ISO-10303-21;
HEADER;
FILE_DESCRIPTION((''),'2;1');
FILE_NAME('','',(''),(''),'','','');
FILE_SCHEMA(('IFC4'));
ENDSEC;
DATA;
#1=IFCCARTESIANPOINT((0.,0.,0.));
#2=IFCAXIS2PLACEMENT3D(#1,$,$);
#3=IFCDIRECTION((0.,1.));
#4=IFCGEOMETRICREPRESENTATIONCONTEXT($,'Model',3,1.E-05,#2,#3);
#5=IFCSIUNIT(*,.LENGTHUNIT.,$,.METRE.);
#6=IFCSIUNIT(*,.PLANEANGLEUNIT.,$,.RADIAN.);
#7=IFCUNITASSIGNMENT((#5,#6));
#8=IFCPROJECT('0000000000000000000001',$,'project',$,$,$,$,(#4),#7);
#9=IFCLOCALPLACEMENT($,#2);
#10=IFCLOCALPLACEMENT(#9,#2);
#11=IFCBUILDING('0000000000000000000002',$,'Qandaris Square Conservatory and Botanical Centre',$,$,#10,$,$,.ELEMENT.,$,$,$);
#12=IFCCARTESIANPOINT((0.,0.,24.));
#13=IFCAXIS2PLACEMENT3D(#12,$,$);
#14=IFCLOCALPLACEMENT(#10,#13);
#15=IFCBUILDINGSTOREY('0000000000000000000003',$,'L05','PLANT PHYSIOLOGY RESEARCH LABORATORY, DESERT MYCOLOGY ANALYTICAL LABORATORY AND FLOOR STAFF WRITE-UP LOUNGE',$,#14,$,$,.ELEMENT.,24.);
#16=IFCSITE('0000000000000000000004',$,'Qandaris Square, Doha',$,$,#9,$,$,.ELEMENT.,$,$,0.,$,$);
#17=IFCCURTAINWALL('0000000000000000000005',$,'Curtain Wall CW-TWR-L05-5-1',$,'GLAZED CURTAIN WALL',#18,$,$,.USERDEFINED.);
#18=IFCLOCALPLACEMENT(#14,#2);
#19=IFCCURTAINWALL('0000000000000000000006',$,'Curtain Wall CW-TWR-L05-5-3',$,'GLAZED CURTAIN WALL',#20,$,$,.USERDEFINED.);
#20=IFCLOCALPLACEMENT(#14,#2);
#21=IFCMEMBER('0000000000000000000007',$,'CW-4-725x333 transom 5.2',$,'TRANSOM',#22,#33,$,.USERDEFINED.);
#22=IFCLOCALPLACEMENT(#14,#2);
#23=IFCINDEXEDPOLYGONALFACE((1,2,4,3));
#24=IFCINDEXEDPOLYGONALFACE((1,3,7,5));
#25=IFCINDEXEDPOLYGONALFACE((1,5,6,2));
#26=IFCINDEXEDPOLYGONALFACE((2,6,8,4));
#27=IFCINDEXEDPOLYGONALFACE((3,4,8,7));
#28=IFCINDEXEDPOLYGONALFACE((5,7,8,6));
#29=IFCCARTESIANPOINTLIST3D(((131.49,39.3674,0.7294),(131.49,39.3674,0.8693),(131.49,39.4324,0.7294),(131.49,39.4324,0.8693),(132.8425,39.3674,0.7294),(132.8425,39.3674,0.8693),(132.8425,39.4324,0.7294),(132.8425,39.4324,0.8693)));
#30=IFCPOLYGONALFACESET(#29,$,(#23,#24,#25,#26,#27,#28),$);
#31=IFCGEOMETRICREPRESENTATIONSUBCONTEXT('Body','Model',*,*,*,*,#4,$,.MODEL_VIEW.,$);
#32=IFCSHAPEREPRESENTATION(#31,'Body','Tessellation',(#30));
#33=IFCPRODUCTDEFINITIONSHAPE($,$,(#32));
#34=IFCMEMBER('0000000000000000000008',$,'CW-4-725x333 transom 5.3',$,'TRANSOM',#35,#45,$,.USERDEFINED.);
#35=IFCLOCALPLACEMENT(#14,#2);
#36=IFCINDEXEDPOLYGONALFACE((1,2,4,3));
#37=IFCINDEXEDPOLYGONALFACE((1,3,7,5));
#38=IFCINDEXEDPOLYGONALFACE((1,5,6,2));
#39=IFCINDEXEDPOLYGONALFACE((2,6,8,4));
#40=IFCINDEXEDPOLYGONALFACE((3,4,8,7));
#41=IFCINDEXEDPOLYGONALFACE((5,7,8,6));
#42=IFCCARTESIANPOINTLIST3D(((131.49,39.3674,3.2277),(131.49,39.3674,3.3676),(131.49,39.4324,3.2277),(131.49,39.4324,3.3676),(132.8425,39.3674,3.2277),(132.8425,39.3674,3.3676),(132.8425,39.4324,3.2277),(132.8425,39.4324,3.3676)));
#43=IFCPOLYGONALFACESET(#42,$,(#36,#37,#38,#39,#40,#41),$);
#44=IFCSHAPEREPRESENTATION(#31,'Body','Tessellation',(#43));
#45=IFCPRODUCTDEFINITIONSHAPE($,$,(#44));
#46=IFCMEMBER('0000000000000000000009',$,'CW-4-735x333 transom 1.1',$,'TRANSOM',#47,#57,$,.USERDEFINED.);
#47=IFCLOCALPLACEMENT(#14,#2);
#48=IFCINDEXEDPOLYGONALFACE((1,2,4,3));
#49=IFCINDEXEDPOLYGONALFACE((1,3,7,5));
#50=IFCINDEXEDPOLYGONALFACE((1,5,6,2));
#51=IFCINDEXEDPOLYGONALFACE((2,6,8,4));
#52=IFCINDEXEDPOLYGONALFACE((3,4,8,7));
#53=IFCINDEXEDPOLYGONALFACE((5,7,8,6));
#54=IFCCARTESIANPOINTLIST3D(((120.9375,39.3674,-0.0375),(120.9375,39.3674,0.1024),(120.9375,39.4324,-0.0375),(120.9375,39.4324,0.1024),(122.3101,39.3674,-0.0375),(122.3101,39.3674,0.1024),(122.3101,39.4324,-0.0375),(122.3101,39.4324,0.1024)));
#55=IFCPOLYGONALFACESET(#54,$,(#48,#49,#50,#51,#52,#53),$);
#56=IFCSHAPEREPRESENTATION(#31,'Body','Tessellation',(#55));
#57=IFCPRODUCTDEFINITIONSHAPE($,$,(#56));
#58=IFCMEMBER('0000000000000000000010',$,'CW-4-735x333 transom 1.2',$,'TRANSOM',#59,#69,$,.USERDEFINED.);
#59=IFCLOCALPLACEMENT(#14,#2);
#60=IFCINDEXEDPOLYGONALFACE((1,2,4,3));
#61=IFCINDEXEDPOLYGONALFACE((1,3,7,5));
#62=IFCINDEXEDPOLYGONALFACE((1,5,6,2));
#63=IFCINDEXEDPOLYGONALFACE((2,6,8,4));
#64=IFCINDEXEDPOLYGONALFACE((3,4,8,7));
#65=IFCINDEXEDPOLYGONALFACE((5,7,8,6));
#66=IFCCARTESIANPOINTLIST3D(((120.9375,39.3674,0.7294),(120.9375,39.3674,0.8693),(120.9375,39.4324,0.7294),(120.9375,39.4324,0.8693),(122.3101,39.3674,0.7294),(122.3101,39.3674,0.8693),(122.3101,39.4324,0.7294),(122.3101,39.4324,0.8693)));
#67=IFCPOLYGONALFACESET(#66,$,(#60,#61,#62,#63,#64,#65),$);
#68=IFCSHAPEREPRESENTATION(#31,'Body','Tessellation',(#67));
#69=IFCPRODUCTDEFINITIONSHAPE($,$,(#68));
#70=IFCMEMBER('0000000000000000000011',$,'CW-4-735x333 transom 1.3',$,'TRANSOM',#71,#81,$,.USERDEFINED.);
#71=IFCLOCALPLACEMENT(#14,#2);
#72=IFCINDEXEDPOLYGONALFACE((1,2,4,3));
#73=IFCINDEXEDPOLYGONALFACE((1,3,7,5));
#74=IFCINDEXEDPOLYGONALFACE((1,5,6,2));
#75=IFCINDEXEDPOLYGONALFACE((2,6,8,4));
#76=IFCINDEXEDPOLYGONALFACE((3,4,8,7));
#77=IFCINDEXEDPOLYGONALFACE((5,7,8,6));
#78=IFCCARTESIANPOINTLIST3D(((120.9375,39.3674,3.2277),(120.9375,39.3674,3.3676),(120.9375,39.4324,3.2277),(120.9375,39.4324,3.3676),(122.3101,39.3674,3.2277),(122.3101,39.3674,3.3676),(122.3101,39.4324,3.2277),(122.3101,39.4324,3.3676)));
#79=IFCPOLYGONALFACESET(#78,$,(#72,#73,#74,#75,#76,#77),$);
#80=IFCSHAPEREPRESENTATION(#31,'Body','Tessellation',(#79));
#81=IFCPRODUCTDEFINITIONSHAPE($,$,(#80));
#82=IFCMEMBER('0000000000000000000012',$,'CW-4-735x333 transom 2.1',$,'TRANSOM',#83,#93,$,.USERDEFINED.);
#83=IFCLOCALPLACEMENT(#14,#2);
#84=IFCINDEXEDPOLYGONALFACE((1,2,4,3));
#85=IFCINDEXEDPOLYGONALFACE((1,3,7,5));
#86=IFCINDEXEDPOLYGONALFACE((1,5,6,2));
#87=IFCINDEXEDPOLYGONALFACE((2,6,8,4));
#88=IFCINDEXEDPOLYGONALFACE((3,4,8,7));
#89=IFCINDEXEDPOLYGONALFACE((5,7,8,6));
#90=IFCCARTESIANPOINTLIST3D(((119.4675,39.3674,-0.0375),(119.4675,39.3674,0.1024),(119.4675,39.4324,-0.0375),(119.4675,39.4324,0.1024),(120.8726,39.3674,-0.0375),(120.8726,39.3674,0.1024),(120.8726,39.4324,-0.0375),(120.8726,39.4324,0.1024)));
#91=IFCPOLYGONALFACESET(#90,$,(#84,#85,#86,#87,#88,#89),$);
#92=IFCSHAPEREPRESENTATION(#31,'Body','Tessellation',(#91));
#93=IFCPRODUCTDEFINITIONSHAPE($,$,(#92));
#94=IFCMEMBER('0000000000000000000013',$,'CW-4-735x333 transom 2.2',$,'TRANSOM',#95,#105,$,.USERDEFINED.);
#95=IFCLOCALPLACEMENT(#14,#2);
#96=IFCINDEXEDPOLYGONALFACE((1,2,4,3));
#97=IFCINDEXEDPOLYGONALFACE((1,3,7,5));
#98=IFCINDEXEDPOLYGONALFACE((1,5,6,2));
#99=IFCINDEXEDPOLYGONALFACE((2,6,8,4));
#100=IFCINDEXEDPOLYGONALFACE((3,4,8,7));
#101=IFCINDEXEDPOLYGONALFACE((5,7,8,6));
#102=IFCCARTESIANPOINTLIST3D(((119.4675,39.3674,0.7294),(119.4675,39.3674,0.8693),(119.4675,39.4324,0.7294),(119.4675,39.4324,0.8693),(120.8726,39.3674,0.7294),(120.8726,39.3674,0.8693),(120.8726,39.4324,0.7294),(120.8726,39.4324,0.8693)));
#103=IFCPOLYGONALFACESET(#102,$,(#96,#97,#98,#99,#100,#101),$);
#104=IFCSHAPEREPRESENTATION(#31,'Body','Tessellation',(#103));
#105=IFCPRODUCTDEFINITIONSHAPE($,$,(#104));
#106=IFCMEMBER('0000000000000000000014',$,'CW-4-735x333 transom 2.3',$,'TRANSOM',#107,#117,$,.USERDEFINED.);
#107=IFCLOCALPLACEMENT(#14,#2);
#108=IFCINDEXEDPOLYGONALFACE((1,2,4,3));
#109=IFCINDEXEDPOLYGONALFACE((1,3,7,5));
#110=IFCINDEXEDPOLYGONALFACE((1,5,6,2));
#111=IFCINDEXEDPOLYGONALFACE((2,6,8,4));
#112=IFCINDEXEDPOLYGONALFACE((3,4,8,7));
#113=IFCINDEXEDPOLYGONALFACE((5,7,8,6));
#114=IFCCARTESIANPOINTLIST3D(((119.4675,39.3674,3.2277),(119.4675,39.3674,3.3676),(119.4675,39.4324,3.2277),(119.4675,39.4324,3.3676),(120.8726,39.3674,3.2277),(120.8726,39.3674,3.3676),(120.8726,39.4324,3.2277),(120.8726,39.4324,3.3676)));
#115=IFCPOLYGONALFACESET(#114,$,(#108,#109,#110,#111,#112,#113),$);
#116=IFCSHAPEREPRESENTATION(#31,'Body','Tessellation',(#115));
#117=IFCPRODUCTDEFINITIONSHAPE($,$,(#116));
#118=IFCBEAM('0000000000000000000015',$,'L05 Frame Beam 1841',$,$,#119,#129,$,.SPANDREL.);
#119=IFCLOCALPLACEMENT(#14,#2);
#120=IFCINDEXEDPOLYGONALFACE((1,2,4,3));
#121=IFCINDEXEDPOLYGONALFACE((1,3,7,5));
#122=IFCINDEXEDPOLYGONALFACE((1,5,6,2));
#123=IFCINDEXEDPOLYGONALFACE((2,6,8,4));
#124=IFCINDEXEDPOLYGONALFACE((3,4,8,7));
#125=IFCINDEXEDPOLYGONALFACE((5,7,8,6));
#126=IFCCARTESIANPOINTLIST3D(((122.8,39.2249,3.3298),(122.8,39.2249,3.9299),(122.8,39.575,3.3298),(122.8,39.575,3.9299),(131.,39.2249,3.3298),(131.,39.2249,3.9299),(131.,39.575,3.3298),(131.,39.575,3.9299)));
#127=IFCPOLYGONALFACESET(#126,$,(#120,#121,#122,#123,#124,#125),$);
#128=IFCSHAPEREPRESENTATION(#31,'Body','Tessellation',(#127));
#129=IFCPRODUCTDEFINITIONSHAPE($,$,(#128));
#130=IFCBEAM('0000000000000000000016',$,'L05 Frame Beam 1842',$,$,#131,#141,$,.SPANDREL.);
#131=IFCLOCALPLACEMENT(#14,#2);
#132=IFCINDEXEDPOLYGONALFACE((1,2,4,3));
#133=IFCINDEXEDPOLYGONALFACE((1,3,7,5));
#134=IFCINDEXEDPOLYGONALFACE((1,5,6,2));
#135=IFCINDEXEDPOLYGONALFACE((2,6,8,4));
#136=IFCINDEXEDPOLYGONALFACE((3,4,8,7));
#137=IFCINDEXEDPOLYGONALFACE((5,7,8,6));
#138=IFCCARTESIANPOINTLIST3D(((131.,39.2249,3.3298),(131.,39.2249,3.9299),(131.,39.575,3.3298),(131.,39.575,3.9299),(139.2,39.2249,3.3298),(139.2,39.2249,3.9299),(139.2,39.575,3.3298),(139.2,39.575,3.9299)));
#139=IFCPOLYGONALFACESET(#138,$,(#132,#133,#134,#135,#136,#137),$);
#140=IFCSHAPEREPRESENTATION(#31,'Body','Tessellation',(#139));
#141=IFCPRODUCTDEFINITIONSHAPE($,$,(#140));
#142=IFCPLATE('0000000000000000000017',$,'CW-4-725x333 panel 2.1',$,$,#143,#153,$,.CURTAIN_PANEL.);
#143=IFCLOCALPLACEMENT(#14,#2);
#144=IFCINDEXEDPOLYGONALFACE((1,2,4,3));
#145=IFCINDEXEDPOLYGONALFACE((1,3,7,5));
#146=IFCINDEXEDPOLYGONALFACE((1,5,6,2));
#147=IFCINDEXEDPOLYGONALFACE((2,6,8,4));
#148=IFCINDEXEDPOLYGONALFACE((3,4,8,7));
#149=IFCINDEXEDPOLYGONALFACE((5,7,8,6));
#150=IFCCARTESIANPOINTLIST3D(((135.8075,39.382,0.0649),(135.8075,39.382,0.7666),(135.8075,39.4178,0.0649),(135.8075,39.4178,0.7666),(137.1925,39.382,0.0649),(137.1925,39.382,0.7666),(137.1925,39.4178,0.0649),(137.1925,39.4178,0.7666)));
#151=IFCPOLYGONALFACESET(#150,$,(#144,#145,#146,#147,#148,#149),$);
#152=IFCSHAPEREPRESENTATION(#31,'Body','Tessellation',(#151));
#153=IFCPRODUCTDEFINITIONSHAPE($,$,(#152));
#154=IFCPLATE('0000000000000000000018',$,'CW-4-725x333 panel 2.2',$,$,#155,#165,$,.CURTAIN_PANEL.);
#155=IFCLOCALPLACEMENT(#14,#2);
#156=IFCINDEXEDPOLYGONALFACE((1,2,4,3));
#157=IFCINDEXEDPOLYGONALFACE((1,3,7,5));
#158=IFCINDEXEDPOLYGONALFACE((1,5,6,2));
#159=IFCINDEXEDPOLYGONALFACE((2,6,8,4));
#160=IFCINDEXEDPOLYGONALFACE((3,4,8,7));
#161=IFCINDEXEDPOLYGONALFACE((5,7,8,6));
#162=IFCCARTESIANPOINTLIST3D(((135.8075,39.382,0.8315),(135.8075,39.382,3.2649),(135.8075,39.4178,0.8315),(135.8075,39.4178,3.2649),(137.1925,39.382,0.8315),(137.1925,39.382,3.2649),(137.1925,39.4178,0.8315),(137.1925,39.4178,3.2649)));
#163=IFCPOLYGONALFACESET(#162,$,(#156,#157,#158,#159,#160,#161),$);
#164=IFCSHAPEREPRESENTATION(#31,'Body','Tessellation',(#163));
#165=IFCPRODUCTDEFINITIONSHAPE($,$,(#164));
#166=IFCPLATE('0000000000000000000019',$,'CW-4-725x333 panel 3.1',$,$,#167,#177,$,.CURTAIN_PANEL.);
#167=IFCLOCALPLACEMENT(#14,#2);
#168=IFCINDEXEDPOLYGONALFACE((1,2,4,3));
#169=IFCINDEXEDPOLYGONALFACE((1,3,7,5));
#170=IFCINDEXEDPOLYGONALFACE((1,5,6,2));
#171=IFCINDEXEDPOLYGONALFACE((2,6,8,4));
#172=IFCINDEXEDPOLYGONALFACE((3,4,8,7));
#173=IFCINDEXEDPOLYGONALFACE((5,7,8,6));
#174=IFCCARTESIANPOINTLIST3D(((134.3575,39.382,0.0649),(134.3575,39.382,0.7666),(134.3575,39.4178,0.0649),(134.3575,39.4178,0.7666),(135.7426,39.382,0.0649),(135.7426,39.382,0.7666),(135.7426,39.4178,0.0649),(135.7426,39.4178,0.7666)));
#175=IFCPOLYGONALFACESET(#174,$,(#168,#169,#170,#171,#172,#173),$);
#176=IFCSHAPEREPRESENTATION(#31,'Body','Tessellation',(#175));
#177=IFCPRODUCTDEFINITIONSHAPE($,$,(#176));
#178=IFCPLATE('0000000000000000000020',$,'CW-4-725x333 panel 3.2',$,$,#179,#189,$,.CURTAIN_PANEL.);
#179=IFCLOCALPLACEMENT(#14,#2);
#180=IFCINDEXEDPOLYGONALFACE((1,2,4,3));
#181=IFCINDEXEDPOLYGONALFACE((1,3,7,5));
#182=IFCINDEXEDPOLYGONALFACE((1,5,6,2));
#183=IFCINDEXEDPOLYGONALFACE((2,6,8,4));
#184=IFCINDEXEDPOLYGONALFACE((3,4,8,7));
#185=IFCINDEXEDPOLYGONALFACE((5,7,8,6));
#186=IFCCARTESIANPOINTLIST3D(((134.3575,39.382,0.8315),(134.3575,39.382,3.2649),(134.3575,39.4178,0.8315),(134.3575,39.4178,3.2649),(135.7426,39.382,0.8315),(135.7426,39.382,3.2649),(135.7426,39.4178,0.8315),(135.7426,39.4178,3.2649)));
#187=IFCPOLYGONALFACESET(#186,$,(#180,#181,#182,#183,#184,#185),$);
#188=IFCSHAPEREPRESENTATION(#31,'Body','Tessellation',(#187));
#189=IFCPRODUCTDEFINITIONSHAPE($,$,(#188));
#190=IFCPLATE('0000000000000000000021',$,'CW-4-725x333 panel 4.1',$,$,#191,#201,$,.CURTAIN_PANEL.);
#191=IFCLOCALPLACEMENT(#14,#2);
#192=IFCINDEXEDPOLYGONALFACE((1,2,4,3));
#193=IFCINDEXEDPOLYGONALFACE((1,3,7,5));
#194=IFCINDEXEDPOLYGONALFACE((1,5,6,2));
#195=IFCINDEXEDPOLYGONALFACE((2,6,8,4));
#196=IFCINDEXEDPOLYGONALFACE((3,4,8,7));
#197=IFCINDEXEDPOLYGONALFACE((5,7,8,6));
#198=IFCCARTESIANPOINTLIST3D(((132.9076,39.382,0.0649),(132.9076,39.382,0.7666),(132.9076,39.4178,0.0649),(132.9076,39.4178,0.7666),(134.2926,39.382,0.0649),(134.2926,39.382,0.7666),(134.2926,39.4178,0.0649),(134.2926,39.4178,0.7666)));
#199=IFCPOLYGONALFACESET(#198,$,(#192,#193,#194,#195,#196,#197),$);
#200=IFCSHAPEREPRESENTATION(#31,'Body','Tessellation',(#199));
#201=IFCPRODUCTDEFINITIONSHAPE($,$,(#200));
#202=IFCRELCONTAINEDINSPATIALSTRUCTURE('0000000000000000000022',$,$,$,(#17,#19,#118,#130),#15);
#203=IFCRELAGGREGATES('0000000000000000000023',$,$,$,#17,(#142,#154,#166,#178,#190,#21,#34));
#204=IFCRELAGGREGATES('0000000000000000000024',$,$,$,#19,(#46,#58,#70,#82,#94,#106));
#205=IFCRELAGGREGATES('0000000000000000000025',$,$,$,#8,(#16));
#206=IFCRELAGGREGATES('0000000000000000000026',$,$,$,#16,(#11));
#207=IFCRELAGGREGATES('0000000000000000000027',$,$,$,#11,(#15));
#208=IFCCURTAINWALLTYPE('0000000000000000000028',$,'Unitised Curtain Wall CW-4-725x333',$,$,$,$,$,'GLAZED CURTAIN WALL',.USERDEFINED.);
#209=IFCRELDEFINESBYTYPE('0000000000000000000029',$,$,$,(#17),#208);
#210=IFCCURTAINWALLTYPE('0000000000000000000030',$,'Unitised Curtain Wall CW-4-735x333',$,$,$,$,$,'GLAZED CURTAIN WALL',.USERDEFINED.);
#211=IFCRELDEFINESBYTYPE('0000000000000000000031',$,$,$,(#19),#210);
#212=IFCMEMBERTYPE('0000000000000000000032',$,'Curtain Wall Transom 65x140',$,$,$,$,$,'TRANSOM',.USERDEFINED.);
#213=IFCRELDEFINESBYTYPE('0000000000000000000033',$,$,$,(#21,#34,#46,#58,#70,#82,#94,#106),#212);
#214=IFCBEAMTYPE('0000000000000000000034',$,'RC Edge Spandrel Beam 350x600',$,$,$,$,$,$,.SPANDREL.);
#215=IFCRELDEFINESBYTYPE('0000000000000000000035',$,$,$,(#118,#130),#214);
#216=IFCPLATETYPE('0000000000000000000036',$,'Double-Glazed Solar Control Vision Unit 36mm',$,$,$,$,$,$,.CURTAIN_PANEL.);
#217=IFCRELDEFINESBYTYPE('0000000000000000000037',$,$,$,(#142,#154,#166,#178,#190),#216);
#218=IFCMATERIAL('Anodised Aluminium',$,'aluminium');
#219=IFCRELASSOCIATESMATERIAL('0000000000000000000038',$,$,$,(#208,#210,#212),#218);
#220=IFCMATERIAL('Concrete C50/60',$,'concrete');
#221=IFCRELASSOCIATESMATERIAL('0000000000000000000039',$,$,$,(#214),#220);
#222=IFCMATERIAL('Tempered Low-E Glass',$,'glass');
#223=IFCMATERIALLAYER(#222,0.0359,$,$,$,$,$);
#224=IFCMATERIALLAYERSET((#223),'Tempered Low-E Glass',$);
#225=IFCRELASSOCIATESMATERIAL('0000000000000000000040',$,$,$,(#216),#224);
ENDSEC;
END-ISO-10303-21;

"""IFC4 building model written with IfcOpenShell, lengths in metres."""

from ifc_helpers import new_model, si_unit, direction, frame, origin, origin_2d, place, context, subcontext, project, spatial, rectangle, extrude, material, layer, layer_set, material_profile, profile_set, type_object, element, aggregate, save


model = new_model("IFC4")

# Units and contexts
model_context = context("Model", 3, precision=1e-05, world=origin(), true_north=direction((0.0, 1.0)))
body_context = subcontext(model_context, "Body", "Model", "MODEL_VIEW")
ifc_project = project(units=[si_unit("LENGTHUNIT", "METRE"), si_unit("PLANEANGLEUNIT", "RADIAN")], contexts=[model_context])

# Site, building, storey
site_placement = place(None, origin())
site = spatial("IfcSite", under=ifc_project, at=site_placement, Name="Qandaris Square, Doha", CompositionType="ELEMENT", RefElevation=0.0)
building_placement = place(site_placement, origin())
building = spatial("IfcBuilding", under=site, at=building_placement, Name="Qandaris Square Conservatory and Botanical Centre", CompositionType="ELEMENT")
storey_placement = place(building_placement, frame((0.0, 0.0, 24.0)))
storey = spatial("IfcBuildingStorey", under=building, at=storey_placement, Name="L05", Description="PLANT PHYSIOLOGY RESEARCH LABORATORY, DESERT MYCOLOGY ANALYTICAL LABORATORY AND FLOOR STAFF WRITE-UP LOUNGE", CompositionType="ELEMENT", Elevation=24.0)

# Shared definitions
ifc_material_1 = material(Name="Concrete C50/60", Category="concrete")

# Curtain walls
ifc_material_2 = material(Name="Anodised Aluminium", Category="aluminium")
curtain_wall_type_1 = type_object("IfcCurtainWallType", Name="Unitised Curtain Wall CW-4-725x333", ElementType="GLAZED CURTAIN WALL", PredefinedType="USERDEFINED", material=ifc_material_2)
curtain_wall_1_placement = place(storey_placement, origin())
curtain_wall_1 = element("IfcCurtainWall", 1, at=curtain_wall_1_placement, inside=storey, type_object=curtain_wall_type_1, Name="Curtain Wall CW-TWR-L05-5-1", ObjectType="GLAZED CURTAIN WALL", PredefinedType="USERDEFINED")
curtain_wall_type_2 = type_object("IfcCurtainWallType", Name="Unitised Curtain Wall CW-4-735x333", ElementType="GLAZED CURTAIN WALL", PredefinedType="USERDEFINED", material=ifc_material_2)
curtain_wall_2_placement = place(storey_placement, origin())
curtain_wall_2 = element("IfcCurtainWall", 2, at=curtain_wall_2_placement, inside=storey, type_object=curtain_wall_type_2, Name="Curtain Wall CW-TWR-L05-5-3", ObjectType="GLAZED CURTAIN WALL", PredefinedType="USERDEFINED")

# Members
ifc_material_profile_1 = material_profile(ifc_material_2, rectangle(XDim=0.0649, YDim=0.1399, at=origin_2d()), Name="ALU-TRN 65x140")
ifc_profile_set_1 = profile_set([ifc_material_profile_1], Name="Anodised Aluminium")
member_type_1 = type_object("IfcMemberType", Name="Curtain Wall Transom 65x140", ElementType="TRANSOM", PredefinedType="USERDEFINED", material=ifc_profile_set_1)
member_1_placement = place(storey_placement, frame((132.8425, 39.3999, 0.7993), z_axis=(-1.0, 0.0, 0.0), x_axis=(0.0, -1.0, 0.0)))
member_1 = element("IfcMember", 3, at=member_1_placement, type_object=member_type_1, Name="CW-4-725x333 transom 5.2", ObjectType="TRANSOM", PredefinedType="USERDEFINED", context=body_context, shape_type="SweptSolid", body=[
    extrude(rectangle(XDim=0.0649, YDim=0.1399, at=origin_2d()), origin(), (0.0, 0.0, 1.0), 1.3525),
])
member_2_placement = place(storey_placement, frame((132.8425, 39.3999, 3.2976), z_axis=(-1.0, 0.0, 0.0), x_axis=(0.0, -1.0, 0.0)))
member_2 = element("IfcMember", 4, at=member_2_placement, type_object=member_type_1, Name="CW-4-725x333 transom 5.3", ObjectType="TRANSOM", PredefinedType="USERDEFINED", context=body_context, shape_type="SweptSolid", body=[
    extrude(rectangle(XDim=0.0649, YDim=0.1399, at=origin_2d()), origin(), (0.0, 0.0, 1.0), 1.3525),
])
member_3_placement = place(storey_placement, frame((122.3101, 39.3999, 0.0325), z_axis=(-1.0, 0.0, 0.0), x_axis=(0.0, -1.0, 0.0)))
member_3 = element("IfcMember", 5, at=member_3_placement, type_object=member_type_1, Name="CW-4-735x333 transom 1.1", ObjectType="TRANSOM", PredefinedType="USERDEFINED", context=body_context, shape_type="SweptSolid", body=[
    extrude(rectangle(XDim=0.0649, YDim=0.1399, at=origin_2d()), origin(), (0.0, 0.0, 1.0), 1.3726),
])
member_4_placement = place(storey_placement, frame((122.3101, 39.3999, 0.7993), z_axis=(-1.0, 0.0, 0.0), x_axis=(0.0, -1.0, 0.0)))
member_4 = element("IfcMember", 6, at=member_4_placement, type_object=member_type_1, Name="CW-4-735x333 transom 1.2", ObjectType="TRANSOM", PredefinedType="USERDEFINED", context=body_context, shape_type="SweptSolid", body=[
    extrude(rectangle(XDim=0.0649, YDim=0.1399, at=origin_2d()), origin(), (0.0, 0.0, 1.0), 1.3726),
])
member_5_placement = place(storey_placement, frame((122.3101, 39.3999, 3.2976), z_axis=(-1.0, 0.0, 0.0), x_axis=(0.0, -1.0, 0.0)))
member_5 = element("IfcMember", 7, at=member_5_placement, type_object=member_type_1, Name="CW-4-735x333 transom 1.3", ObjectType="TRANSOM", PredefinedType="USERDEFINED", context=body_context, shape_type="SweptSolid", body=[
    extrude(rectangle(XDim=0.0649, YDim=0.1399, at=origin_2d()), origin(), (0.0, 0.0, 1.0), 1.3726),
])
member_6_placement = place(storey_placement, frame((120.8726, 39.3999, 0.0325), z_axis=(-1.0, 0.0, 0.0), x_axis=(0.0, -1.0, 0.0)))
member_6 = element("IfcMember", 8, at=member_6_placement, type_object=member_type_1, Name="CW-4-735x333 transom 2.1", ObjectType="TRANSOM", PredefinedType="USERDEFINED", context=body_context, shape_type="SweptSolid", body=[
    extrude(rectangle(XDim=0.0649, YDim=0.1399, at=origin_2d()), origin(), (0.0, 0.0, 1.0), 1.405),
])
member_7_placement = place(storey_placement, frame((120.8726, 39.3999, 0.7993), z_axis=(-1.0, 0.0, 0.0), x_axis=(0.0, -1.0, 0.0)))
member_7 = element("IfcMember", 9, at=member_7_placement, type_object=member_type_1, Name="CW-4-735x333 transom 2.2", ObjectType="TRANSOM", PredefinedType="USERDEFINED", context=body_context, shape_type="SweptSolid", body=[
    extrude(rectangle(XDim=0.0649, YDim=0.1399, at=origin_2d()), origin(), (0.0, 0.0, 1.0), 1.405),
])
member_8_placement = place(storey_placement, frame((120.8726, 39.3999, 3.2976), z_axis=(-1.0, 0.0, 0.0), x_axis=(0.0, -1.0, 0.0)))
member_8 = element("IfcMember", 10, at=member_8_placement, type_object=member_type_1, Name="CW-4-735x333 transom 2.3", ObjectType="TRANSOM", PredefinedType="USERDEFINED", context=body_context, shape_type="SweptSolid", body=[
    extrude(rectangle(XDim=0.0649, YDim=0.1399, at=origin_2d()), origin(), (0.0, 0.0, 1.0), 1.405),
])

# Beams
ifc_material_profile_2 = material_profile(ifc_material_1, rectangle(XDim=0.3501, YDim=0.6001, at=origin_2d()), Name="RC-SP 350x600")
ifc_profile_set_2 = profile_set([ifc_material_profile_2], Name="Concrete C50/60")
beam_type = type_object("IfcBeamType", Name="RC Edge Spandrel Beam 350x600", PredefinedType="SPANDREL", material=ifc_profile_set_2)
for number, where, z_axis, x_axis, name in (
    (11, (122.8, 39.3999, 3.6299), (1.0, 0.0, 0.0), (0.0, 1.0, 0.0), "L05 Frame Beam 1841"),
    (12, (131.0, 39.3999, 3.6299), (1.0, 0.0, 0.0), (0.0, 1.0, 0.0), "L05 Frame Beam 1842"),
):
    element("IfcBeam", number, at=place(storey_placement, frame(where, z_axis=z_axis, x_axis=x_axis)), inside=storey, type_object=beam_type, Name=name, PredefinedType="SPANDREL", context=body_context, shape_type="SweptSolid", body=[
        extrude(rectangle(XDim=0.3501, YDim=0.6001, at=origin_2d()), origin(), (0.0, 0.0, 1.0), 8.2),
    ])

# Plates
ifc_material_3 = material(Name="Tempered Low-E Glass", Category="glass")
ifc_layer_1 = layer(ifc_material_3, 0.0359)
ifc_layer_set_1 = layer_set([ifc_layer_1], Name="Tempered Low-E Glass")
plate_type = type_object("IfcPlateType", Name="Double-Glazed Solar Control Vision Unit 36mm", PredefinedType="CURTAIN_PANEL", material=ifc_layer_set_1)
plate_1_placement = place(storey_placement, frame((136.5, 39.3999, 0.0649), z_axis=(0.0, 0.0, 1.0), x_axis=(-1.0, 0.0, 0.0)))
plate_1 = element("IfcPlate", 13, at=plate_1_placement, type_object=plate_type, Name="CW-4-725x333 panel 2.1", PredefinedType="CURTAIN_PANEL", context=body_context, shape_type="SweptSolid", body=[
    extrude(rectangle(XDim=1.385, YDim=0.0359, at=origin_2d()), origin(), (0.0, 0.0, 1.0), 0.7017),
])
plate_2_placement = place(storey_placement, frame((136.5, 39.3999, 0.8315), z_axis=(0.0, 0.0, 1.0), x_axis=(-1.0, 0.0, 0.0)))
plate_2 = element("IfcPlate", 14, at=plate_2_placement, type_object=plate_type, Name="CW-4-725x333 panel 2.2", PredefinedType="CURTAIN_PANEL", context=body_context, shape_type="SweptSolid", body=[
    extrude(rectangle(XDim=1.385, YDim=0.0359, at=origin_2d()), origin(), (0.0, 0.0, 1.0), 2.4333),
])
plate_3_placement = place(storey_placement, frame((135.05, 39.3999, 0.0649), z_axis=(0.0, 0.0, 1.0), x_axis=(-1.0, 0.0, 0.0)))
plate_3 = element("IfcPlate", 15, at=plate_3_placement, type_object=plate_type, Name="CW-4-725x333 panel 3.1", PredefinedType="CURTAIN_PANEL", context=body_context, shape_type="SweptSolid", body=[
    extrude(rectangle(XDim=1.385, YDim=0.0359, at=origin_2d()), origin(), (0.0, 0.0, 1.0), 0.7017),
])
plate_4_placement = place(storey_placement, frame((135.05, 39.3999, 0.8315), z_axis=(0.0, 0.0, 1.0), x_axis=(-1.0, 0.0, 0.0)))
plate_4 = element("IfcPlate", 16, at=plate_4_placement, type_object=plate_type, Name="CW-4-725x333 panel 3.2", PredefinedType="CURTAIN_PANEL", context=body_context, shape_type="SweptSolid", body=[
    extrude(rectangle(XDim=1.385, YDim=0.0359, at=origin_2d()), origin(), (0.0, 0.0, 1.0), 2.4333),
])
plate_5_placement = place(storey_placement, frame((133.6001, 39.3999, 0.0649), z_axis=(0.0, 0.0, 1.0), x_axis=(-1.0, 0.0, 0.0)))
plate_5 = element("IfcPlate", 17, at=plate_5_placement, type_object=plate_type, Name="CW-4-725x333 panel 4.1", PredefinedType="CURTAIN_PANEL", context=body_context, shape_type="SweptSolid", body=[
    extrude(rectangle(XDim=1.385, YDim=0.0359, at=origin_2d()), origin(), (0.0, 0.0, 1.0), 0.7017),
])
aggregate(curtain_wall_1, [plate_1, plate_2, plate_3, plate_4, plate_5, member_1, member_2])
aggregate(curtain_wall_2, [member_3, member_4, member_5, member_6, member_7, member_8])

save(model, "model.ifc")
